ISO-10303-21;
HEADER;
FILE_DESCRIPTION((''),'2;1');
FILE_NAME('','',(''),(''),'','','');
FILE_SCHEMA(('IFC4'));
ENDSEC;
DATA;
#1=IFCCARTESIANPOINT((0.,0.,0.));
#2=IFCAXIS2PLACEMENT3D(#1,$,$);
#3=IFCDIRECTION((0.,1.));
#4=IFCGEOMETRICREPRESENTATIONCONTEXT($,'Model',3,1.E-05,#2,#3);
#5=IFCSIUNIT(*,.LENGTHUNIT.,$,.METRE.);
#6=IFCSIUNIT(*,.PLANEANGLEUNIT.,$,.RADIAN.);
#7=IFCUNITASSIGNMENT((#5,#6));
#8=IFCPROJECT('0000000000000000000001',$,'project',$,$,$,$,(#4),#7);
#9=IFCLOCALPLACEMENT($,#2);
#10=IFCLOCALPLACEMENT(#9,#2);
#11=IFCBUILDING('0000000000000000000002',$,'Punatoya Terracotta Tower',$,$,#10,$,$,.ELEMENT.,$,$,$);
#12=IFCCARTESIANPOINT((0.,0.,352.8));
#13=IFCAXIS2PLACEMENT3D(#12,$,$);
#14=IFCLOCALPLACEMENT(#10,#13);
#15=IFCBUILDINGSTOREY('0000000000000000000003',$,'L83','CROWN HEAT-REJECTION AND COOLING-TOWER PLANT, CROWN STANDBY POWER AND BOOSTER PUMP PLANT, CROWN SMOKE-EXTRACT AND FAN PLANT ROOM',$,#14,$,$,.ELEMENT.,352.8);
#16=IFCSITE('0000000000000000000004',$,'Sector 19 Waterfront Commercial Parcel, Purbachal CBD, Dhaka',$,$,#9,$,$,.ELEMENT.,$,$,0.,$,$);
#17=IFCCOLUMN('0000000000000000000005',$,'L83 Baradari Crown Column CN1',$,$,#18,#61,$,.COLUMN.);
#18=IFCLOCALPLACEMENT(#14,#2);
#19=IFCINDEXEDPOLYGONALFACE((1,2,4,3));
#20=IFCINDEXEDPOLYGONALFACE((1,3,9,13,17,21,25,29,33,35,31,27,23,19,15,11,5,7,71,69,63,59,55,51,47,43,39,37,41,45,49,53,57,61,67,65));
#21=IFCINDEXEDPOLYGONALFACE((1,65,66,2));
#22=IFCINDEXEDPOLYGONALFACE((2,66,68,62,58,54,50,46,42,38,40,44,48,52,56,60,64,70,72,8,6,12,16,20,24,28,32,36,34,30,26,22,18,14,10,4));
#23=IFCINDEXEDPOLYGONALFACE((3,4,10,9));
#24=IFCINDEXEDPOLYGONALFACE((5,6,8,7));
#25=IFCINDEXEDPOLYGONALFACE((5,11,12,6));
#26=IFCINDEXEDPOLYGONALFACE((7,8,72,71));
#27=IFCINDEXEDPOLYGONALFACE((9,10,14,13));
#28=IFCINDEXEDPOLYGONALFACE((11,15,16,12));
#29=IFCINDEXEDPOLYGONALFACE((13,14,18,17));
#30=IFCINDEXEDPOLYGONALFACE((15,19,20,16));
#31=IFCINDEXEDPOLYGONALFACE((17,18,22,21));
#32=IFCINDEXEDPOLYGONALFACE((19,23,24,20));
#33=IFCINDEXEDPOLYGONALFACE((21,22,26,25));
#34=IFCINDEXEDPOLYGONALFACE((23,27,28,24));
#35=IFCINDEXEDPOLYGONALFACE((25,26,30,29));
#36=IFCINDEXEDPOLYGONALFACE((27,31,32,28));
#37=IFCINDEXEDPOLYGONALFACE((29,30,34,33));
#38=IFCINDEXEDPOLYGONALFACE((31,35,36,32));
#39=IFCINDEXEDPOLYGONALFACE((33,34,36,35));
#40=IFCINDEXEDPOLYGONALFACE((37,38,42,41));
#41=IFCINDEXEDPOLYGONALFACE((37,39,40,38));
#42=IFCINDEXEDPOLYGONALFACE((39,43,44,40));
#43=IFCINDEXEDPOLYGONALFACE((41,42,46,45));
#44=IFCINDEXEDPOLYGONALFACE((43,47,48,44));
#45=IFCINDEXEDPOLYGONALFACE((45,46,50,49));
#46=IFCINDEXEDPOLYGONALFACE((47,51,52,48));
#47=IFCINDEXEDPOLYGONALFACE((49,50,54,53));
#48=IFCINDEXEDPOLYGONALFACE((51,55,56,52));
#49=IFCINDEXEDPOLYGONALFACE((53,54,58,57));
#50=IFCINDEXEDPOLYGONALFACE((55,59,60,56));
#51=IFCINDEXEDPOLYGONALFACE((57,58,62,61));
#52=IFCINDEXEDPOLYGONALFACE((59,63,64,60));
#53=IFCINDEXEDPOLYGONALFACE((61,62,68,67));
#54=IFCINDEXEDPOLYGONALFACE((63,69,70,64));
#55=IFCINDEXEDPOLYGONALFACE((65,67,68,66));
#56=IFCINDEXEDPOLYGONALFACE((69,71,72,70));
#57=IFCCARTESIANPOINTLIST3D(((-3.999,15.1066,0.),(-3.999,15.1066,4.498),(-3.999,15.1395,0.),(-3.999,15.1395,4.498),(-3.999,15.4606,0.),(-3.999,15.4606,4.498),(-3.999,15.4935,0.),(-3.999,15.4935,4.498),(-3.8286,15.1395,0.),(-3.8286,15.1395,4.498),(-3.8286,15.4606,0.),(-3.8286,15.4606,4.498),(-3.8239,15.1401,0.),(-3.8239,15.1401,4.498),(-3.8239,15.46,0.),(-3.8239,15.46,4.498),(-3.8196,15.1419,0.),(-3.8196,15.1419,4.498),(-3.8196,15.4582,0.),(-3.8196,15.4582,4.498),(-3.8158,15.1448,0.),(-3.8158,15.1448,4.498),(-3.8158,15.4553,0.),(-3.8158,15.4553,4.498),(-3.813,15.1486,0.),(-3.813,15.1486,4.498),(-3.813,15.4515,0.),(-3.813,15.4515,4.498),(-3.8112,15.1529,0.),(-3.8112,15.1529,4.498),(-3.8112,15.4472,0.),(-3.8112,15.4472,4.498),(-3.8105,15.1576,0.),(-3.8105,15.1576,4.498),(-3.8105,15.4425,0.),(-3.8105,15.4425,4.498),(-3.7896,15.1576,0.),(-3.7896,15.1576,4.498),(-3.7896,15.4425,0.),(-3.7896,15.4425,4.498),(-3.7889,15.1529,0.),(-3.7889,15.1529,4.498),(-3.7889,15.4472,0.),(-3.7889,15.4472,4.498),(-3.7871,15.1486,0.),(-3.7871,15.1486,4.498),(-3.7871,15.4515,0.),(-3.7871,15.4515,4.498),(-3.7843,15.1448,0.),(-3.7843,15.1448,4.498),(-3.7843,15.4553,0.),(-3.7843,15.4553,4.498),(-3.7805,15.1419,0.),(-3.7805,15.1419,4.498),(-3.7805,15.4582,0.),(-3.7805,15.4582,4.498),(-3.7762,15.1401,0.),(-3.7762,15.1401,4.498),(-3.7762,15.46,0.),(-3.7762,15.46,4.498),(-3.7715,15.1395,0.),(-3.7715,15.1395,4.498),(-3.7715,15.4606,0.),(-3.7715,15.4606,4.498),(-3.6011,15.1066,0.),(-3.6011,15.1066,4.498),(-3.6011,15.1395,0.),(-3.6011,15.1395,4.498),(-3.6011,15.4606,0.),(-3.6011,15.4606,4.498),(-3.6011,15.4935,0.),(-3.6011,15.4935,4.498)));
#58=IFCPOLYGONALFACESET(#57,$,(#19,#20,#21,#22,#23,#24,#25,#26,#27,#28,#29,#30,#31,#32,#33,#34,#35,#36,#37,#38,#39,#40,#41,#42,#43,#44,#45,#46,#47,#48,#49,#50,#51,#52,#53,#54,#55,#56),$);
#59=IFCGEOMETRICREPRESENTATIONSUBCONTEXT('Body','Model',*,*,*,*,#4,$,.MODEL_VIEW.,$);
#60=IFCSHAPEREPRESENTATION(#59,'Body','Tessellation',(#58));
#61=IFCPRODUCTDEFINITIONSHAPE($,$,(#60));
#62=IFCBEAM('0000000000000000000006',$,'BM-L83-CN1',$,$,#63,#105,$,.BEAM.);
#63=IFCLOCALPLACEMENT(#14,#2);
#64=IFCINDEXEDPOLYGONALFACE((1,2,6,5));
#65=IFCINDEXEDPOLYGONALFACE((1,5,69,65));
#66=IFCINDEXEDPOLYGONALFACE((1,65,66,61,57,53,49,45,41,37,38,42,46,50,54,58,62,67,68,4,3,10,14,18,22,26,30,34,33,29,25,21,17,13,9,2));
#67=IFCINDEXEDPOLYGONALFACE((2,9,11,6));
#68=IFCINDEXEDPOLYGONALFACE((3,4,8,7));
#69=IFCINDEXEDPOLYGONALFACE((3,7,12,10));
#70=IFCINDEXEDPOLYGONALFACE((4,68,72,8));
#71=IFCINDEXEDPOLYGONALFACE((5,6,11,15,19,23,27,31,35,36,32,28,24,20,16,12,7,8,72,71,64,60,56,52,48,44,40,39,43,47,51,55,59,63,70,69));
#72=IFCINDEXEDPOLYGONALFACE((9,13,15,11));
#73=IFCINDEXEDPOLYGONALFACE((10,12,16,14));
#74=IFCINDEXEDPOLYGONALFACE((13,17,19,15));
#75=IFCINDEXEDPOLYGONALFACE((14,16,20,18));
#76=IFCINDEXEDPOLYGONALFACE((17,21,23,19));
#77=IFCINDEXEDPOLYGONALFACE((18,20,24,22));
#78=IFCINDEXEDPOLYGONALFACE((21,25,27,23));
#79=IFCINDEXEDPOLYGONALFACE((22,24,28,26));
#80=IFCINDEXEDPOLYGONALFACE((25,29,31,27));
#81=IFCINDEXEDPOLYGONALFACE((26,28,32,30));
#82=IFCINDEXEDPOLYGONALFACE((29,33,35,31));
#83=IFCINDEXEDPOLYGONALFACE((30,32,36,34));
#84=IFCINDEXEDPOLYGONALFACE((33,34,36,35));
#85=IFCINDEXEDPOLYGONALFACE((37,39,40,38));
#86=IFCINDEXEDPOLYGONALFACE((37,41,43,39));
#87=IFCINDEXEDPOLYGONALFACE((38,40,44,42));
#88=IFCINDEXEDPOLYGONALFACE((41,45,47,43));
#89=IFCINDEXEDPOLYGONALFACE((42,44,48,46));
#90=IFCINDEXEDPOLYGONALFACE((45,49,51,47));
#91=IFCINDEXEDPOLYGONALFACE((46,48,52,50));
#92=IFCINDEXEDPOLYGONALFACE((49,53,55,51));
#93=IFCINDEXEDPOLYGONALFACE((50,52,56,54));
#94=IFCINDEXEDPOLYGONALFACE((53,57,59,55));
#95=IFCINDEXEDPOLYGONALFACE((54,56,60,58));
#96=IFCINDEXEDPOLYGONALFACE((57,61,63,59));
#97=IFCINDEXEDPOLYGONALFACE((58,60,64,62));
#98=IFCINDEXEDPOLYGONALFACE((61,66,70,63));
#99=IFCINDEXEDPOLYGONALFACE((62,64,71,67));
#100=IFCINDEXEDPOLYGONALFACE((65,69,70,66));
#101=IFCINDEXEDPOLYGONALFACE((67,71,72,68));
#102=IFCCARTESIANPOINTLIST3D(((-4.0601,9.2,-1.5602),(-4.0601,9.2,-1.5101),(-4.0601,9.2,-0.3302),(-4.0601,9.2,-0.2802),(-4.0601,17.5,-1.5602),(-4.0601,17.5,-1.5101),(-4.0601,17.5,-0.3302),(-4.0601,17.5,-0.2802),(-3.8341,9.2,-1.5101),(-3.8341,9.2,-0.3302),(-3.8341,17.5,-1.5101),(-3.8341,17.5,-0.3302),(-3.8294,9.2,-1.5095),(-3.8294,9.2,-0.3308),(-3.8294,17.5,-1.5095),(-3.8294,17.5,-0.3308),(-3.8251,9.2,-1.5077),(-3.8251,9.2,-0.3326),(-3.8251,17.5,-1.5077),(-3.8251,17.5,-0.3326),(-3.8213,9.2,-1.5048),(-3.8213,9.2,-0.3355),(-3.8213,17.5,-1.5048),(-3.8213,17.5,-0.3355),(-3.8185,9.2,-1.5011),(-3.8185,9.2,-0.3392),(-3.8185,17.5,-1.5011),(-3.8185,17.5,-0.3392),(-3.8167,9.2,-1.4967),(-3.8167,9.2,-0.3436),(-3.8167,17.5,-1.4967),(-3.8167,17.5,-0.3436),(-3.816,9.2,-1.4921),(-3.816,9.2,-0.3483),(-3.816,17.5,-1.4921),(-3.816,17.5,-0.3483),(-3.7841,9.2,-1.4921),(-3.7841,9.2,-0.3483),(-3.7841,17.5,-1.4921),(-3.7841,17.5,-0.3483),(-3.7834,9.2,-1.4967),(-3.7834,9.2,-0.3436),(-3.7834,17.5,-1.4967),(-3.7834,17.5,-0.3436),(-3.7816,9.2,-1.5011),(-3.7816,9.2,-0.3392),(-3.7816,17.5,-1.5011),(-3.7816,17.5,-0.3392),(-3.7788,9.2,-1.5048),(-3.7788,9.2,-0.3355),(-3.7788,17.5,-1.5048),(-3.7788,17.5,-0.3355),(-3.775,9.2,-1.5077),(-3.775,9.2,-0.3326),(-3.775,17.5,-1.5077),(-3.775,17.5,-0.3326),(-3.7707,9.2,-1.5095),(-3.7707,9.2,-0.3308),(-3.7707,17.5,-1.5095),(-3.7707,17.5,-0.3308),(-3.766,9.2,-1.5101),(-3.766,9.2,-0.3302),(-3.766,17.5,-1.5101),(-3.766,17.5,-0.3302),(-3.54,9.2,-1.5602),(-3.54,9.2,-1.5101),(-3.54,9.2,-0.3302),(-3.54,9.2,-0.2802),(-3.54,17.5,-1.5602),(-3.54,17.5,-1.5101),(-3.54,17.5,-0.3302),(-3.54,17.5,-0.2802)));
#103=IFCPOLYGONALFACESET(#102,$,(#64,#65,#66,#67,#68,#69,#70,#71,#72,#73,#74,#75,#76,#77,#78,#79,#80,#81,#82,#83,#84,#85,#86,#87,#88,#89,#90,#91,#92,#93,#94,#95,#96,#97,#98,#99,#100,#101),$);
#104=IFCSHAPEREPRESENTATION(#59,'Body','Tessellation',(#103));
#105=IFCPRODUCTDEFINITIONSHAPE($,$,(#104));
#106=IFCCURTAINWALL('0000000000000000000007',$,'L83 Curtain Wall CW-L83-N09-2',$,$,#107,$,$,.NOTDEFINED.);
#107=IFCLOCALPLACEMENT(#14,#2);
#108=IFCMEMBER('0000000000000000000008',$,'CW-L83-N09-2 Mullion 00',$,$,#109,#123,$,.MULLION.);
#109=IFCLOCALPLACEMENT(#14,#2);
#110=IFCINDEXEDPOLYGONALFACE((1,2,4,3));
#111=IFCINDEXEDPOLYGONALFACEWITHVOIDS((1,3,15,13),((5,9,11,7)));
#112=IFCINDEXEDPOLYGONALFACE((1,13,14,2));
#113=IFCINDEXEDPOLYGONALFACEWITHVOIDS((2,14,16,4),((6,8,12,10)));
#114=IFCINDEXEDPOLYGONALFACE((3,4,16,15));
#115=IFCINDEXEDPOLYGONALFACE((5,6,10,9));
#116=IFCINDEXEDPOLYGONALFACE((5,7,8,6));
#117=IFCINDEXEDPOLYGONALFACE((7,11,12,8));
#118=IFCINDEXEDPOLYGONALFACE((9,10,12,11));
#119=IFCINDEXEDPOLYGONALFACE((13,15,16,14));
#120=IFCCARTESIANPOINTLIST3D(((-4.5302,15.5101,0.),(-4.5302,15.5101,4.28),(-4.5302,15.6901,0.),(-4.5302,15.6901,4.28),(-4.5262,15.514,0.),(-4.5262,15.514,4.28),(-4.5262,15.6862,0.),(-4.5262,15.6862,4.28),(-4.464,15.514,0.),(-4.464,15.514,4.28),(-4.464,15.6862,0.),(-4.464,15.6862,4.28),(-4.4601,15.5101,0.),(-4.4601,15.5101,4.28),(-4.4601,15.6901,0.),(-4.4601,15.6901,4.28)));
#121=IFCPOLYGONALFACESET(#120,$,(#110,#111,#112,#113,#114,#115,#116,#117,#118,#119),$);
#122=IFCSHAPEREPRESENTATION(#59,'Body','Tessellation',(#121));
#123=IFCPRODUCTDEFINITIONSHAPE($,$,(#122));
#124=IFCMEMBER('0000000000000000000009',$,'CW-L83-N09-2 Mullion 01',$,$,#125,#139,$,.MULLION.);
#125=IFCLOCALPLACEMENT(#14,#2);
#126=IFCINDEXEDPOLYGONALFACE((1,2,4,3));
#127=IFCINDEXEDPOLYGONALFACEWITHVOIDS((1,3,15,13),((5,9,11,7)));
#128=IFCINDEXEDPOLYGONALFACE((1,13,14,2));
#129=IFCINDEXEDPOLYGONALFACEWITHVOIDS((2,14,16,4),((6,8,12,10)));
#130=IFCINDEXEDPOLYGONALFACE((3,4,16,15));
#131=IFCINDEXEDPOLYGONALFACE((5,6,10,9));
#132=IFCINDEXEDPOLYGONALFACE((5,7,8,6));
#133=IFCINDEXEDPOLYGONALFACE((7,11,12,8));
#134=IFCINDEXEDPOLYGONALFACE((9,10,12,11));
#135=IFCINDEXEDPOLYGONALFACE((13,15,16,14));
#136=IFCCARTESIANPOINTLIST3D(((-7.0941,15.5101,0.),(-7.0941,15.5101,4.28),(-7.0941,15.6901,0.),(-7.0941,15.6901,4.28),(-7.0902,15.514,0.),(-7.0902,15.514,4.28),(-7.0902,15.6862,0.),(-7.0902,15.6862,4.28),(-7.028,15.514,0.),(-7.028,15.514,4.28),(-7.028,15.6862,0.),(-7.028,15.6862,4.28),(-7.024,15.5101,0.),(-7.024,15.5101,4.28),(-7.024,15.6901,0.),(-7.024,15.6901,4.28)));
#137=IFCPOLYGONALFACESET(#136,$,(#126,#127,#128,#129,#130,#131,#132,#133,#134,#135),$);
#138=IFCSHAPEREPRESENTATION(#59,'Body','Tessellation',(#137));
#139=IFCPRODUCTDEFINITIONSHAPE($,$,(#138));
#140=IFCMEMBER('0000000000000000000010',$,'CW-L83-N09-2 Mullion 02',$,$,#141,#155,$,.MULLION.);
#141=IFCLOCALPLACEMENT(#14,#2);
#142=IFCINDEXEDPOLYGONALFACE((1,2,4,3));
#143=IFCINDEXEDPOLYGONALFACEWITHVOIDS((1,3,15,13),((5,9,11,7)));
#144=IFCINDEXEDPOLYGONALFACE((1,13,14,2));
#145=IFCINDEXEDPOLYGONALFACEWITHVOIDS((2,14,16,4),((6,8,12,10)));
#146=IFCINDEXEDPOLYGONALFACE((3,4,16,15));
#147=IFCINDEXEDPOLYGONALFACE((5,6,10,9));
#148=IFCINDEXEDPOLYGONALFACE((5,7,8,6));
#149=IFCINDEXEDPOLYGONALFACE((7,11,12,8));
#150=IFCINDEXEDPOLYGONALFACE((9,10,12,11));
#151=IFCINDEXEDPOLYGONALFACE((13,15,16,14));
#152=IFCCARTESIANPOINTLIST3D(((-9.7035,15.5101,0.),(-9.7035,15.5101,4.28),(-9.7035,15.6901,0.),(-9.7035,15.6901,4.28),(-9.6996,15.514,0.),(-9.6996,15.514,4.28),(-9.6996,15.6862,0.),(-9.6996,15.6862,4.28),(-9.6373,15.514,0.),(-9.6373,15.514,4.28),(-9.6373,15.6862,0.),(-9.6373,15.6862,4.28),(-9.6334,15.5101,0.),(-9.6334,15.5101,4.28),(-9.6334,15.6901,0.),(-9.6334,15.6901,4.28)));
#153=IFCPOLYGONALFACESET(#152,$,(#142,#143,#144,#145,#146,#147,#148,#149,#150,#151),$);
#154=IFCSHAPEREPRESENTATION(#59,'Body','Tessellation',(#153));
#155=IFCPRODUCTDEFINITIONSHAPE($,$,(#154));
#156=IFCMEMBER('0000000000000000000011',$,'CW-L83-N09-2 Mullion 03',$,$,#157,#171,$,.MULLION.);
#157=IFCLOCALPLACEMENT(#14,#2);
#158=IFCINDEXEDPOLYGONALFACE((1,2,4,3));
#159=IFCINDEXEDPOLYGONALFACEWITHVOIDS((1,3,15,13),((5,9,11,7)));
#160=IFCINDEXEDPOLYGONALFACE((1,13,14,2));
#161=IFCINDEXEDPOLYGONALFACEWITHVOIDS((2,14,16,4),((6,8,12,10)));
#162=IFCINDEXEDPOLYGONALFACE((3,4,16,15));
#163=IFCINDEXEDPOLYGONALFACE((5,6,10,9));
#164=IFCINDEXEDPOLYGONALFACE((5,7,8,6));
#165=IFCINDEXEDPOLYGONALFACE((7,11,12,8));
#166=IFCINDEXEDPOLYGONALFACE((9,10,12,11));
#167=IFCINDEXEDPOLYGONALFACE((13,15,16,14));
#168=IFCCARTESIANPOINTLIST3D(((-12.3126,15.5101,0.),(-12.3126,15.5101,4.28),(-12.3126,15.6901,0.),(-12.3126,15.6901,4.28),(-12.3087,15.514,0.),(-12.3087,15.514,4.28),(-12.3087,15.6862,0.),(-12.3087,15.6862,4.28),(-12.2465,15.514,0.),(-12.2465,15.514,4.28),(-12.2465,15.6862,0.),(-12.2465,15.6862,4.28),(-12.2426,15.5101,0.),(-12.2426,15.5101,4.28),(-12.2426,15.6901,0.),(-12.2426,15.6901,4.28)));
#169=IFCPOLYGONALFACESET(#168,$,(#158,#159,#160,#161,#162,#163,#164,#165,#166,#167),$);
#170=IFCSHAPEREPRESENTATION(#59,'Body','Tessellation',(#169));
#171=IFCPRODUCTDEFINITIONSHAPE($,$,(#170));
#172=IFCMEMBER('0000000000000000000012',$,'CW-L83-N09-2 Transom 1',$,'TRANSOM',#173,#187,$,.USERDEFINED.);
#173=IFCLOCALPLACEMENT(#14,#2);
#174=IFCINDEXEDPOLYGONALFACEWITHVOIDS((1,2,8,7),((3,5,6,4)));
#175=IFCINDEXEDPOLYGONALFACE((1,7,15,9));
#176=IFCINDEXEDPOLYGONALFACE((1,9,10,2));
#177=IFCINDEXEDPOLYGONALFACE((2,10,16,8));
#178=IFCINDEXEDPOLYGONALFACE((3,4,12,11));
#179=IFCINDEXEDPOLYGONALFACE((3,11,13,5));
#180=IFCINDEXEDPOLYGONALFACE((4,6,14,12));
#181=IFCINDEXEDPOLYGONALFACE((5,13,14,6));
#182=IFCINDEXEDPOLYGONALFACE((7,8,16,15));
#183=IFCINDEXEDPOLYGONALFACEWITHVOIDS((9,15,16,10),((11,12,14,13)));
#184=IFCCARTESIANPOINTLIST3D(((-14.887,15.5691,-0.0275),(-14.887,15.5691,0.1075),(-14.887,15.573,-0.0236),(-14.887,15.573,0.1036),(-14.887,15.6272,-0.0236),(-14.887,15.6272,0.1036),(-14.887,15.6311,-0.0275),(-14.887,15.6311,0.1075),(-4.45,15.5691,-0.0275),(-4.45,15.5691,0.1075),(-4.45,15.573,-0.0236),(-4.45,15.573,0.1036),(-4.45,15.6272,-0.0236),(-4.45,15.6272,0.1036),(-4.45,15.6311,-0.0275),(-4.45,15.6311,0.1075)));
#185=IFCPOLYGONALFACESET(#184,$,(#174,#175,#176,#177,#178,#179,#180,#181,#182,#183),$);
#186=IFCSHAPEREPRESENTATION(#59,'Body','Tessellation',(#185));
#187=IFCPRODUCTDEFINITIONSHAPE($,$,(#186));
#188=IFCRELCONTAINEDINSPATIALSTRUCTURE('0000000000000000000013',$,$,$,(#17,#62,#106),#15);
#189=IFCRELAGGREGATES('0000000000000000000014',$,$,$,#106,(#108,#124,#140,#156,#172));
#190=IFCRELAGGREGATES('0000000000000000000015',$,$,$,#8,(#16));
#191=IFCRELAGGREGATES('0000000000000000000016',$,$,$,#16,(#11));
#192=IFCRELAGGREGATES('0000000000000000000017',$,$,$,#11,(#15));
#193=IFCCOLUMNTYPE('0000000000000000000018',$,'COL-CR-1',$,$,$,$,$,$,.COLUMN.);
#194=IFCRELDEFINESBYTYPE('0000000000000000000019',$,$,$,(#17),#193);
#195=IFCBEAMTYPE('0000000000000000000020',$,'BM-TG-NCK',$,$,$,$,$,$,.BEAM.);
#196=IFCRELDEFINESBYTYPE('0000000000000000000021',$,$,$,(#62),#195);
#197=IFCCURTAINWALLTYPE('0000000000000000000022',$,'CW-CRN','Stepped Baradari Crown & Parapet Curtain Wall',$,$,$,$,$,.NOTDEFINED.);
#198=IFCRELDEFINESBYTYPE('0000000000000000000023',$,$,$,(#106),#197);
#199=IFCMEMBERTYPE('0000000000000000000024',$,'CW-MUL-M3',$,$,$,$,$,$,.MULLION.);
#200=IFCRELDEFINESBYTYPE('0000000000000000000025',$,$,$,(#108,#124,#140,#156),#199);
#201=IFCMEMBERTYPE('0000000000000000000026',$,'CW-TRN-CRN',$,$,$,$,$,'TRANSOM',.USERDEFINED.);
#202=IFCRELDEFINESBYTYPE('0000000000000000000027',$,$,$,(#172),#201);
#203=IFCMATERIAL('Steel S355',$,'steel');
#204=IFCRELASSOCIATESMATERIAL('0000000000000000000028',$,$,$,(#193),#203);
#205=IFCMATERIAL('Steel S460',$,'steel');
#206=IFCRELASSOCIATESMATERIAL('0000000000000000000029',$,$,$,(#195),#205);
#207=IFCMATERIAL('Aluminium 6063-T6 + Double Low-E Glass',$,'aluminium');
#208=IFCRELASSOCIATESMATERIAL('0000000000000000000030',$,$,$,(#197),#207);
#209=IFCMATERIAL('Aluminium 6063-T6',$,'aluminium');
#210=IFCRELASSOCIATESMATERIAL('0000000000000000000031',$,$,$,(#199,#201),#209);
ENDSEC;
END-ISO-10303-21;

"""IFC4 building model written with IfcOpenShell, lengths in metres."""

from ifc_helpers import new_model, si_unit, direction, frame, origin, origin_2d, place, context, subcontext, project, spatial, hollow_rectangle, i_section, extrude, material, material_profile, profile_set, type_object, element, aggregate, save


model = new_model("IFC4")

# Units and contexts
model_context = context("Model", 3, precision=1e-05, world=origin(), true_north=direction((0.0, 1.0)))
body_context = subcontext(model_context, "Body", "Model", "MODEL_VIEW")
ifc_project = project(units=[si_unit("LENGTHUNIT", "METRE"), si_unit("PLANEANGLEUNIT", "RADIAN")], contexts=[model_context])

# Site, building, storey
site_placement = place(None, origin())
site = spatial("IfcSite", under=ifc_project, at=site_placement, Name="Sector 19 Waterfront Commercial Parcel, Purbachal CBD, Dhaka", CompositionType="ELEMENT", RefElevation=0.0)
building_placement = place(site_placement, origin())
building = spatial("IfcBuilding", under=site, at=building_placement, Name="Punatoya Terracotta Tower", CompositionType="ELEMENT")
storey_placement = place(building_placement, frame((0.0, 0.0, 352.8)))
storey = spatial("IfcBuildingStorey", under=building, at=storey_placement, Name="L83", Description="CROWN HEAT-REJECTION AND COOLING-TOWER PLANT, CROWN STANDBY POWER AND BOOSTER PUMP PLANT, CROWN SMOKE-EXTRACT AND FAN PLANT ROOM", CompositionType="ELEMENT", Elevation=352.8)

# Column
ifc_material_1 = material(Name="Steel S355", Category="steel")
ifc_material_profile_1 = material_profile(ifc_material_1, i_section(OverallWidth=0.3979, OverallDepth=0.387, WebThickness=0.021, FlangeThickness=0.033, FilletRadius=0.0181, at=origin_2d()))
ifc_profile_set_1 = profile_set([ifc_material_profile_1], Name="Steel S355")
column_type = type_object("IfcColumnType", Name="COL-CR-1", PredefinedType="COLUMN", material=ifc_profile_set_1)
column_placement = place(storey_placement, frame((-3.8, 15.3, 0.0), z_axis=(0.0, 0.0, 1.0), x_axis=(1.0, 0.0, 0.0)))
element("IfcColumn", 1, at=column_placement, inside=storey, type_object=column_type, Name="L83 Baradari Crown Column CN1", PredefinedType="COLUMN", context=body_context, shape_type="SweptSolid", body=[
    extrude(i_section(OverallWidth=0.3979, OverallDepth=0.387, WebThickness=0.021, FlangeThickness=0.033, FilletRadius=0.0181, at=origin_2d()), origin(), (0.0, 0.0, 1.0), 4.498),
])

# Beam
ifc_material_2 = material(Name="Steel S460", Category="steel")
ifc_material_profile_2 = material_profile(ifc_material_2, i_section(OverallWidth=0.52, OverallDepth=1.28, WebThickness=0.032, FlangeThickness=0.05, FilletRadius=0.0181, at=origin_2d()))
ifc_profile_set_2 = profile_set([ifc_material_profile_2], Name="Steel S460")
beam_type = type_object("IfcBeamType", Name="BM-TG-NCK", PredefinedType="BEAM", material=ifc_profile_set_2)
beam_placement = place(storey_placement, frame((-3.8, 9.2, -0.9202), z_axis=(0.0, 1.0, 0.0), x_axis=(-1.0, 0.0, 0.0)))
element("IfcBeam", 2, at=beam_placement, inside=storey, type_object=beam_type, Name="BM-L83-CN1", PredefinedType="BEAM", context=body_context, shape_type="SweptSolid", body=[
    extrude(i_section(OverallWidth=0.52, OverallDepth=1.28, WebThickness=0.032, FlangeThickness=0.05, FilletRadius=0.0181, at=origin_2d()), origin(), (0.0, 0.0, 1.0), 8.3),
])

# Curtain wall, members
ifc_material_3 = material(Name="Aluminium 6063-T6 + Double Low-E Glass", Category="aluminium")
curtain_wall_type = type_object("IfcCurtainWallType", Name="CW-CRN", Description="Stepped Baradari Crown & Parapet Curtain Wall", PredefinedType="NOTDEFINED", material=ifc_material_3)
curtain_wall_placement = place(storey_placement, origin())
curtain_wall = element("IfcCurtainWall", 3, at=curtain_wall_placement, inside=storey, type_object=curtain_wall_type, Name="L83 Curtain Wall CW-L83-N09-2", PredefinedType="NOTDEFINED")
ifc_material_4 = material(Name="Aluminium 6063-T6", Category="aluminium")
ifc_material_profile_3 = material_profile(ifc_material_4, hollow_rectangle(XDim=0.0701, YDim=0.1799, WallThickness=0.0039, at=origin_2d()))
ifc_profile_set_3 = profile_set([ifc_material_profile_3], Name="Aluminium 6063-T6")
member_type_1 = type_object("IfcMemberType", Name="CW-MUL-M3", PredefinedType="MULLION", material=ifc_profile_set_3)
member_1_placement = place(storey_placement, frame((-4.4951, 15.6001, 0.0), z_axis=(0.0, 0.0, 1.0), x_axis=(1.0, 0.0, 0.0)))
member_1 = element("IfcMember", 4, at=member_1_placement, type_object=member_type_1, Name="CW-L83-N09-2 Mullion 00", PredefinedType="MULLION", context=body_context, shape_type="SweptSolid", body=[
    extrude(hollow_rectangle(XDim=0.0701, YDim=0.1799, WallThickness=0.0039, at=origin_2d()), origin(), (0.0, 0.0, 1.0), 4.28),
])
member_2_placement = place(storey_placement, frame((-7.0591, 15.6001, 0.0), z_axis=(0.0, 0.0, 1.0), x_axis=(1.0, 0.0, 0.0)))
member_2 = element("IfcMember", 5, at=member_2_placement, type_object=member_type_1, Name="CW-L83-N09-2 Mullion 01", PredefinedType="MULLION", context=body_context, shape_type="SweptSolid", body=[
    extrude(hollow_rectangle(XDim=0.0701, YDim=0.1799, WallThickness=0.0039, at=origin_2d()), origin(), (0.0, 0.0, 1.0), 4.28),
])
member_3_placement = place(storey_placement, frame((-9.6685, 15.6001, 0.0), z_axis=(0.0, 0.0, 1.0), x_axis=(1.0, 0.0, 0.0)))
member_3 = element("IfcMember", 6, at=member_3_placement, type_object=member_type_1, Name="CW-L83-N09-2 Mullion 02", PredefinedType="MULLION", context=body_context, shape_type="SweptSolid", body=[
    extrude(hollow_rectangle(XDim=0.0701, YDim=0.1799, WallThickness=0.0039, at=origin_2d()), origin(), (0.0, 0.0, 1.0), 4.28),
])
member_4_placement = place(storey_placement, frame((-12.2776, 15.6001, 0.0), z_axis=(0.0, 0.0, 1.0), x_axis=(1.0, 0.0, 0.0)))
member_4 = element("IfcMember", 7, at=member_4_placement, type_object=member_type_1, Name="CW-L83-N09-2 Mullion 03", PredefinedType="MULLION", context=body_context, shape_type="SweptSolid", body=[
    extrude(hollow_rectangle(XDim=0.0701, YDim=0.1799, WallThickness=0.0039, at=origin_2d()), origin(), (0.0, 0.0, 1.0), 4.28),
])
ifc_material_profile_4 = material_profile(ifc_material_4, hollow_rectangle(XDim=0.062, YDim=0.135, WallThickness=0.0039, at=origin_2d()))
ifc_profile_set_4 = profile_set([ifc_material_profile_4], Name="Aluminium 6063-T6")
member_type_2 = type_object("IfcMemberType", Name="CW-TRN-CRN", ElementType="TRANSOM", PredefinedType="USERDEFINED", material=ifc_profile_set_4)
member_5_placement = place(storey_placement, frame((-4.45, 15.6001, 0.04), z_axis=(-1.0, 0.0, 0.0), x_axis=(0.0, -1.0, 0.0)))
member_5 = element("IfcMember", 8, at=member_5_placement, type_object=member_type_2, Name="CW-L83-N09-2 Transom 1", ObjectType="TRANSOM", PredefinedType="USERDEFINED", context=body_context, shape_type="SweptSolid", body=[
    extrude(hollow_rectangle(XDim=0.062, YDim=0.135, WallThickness=0.0039, at=origin_2d()), origin(), (0.0, 0.0, 1.0), 10.437),
])

aggregate(curtain_wall, [member_1, member_2, member_3, member_4, member_5])

save(model, "model.ifc")
